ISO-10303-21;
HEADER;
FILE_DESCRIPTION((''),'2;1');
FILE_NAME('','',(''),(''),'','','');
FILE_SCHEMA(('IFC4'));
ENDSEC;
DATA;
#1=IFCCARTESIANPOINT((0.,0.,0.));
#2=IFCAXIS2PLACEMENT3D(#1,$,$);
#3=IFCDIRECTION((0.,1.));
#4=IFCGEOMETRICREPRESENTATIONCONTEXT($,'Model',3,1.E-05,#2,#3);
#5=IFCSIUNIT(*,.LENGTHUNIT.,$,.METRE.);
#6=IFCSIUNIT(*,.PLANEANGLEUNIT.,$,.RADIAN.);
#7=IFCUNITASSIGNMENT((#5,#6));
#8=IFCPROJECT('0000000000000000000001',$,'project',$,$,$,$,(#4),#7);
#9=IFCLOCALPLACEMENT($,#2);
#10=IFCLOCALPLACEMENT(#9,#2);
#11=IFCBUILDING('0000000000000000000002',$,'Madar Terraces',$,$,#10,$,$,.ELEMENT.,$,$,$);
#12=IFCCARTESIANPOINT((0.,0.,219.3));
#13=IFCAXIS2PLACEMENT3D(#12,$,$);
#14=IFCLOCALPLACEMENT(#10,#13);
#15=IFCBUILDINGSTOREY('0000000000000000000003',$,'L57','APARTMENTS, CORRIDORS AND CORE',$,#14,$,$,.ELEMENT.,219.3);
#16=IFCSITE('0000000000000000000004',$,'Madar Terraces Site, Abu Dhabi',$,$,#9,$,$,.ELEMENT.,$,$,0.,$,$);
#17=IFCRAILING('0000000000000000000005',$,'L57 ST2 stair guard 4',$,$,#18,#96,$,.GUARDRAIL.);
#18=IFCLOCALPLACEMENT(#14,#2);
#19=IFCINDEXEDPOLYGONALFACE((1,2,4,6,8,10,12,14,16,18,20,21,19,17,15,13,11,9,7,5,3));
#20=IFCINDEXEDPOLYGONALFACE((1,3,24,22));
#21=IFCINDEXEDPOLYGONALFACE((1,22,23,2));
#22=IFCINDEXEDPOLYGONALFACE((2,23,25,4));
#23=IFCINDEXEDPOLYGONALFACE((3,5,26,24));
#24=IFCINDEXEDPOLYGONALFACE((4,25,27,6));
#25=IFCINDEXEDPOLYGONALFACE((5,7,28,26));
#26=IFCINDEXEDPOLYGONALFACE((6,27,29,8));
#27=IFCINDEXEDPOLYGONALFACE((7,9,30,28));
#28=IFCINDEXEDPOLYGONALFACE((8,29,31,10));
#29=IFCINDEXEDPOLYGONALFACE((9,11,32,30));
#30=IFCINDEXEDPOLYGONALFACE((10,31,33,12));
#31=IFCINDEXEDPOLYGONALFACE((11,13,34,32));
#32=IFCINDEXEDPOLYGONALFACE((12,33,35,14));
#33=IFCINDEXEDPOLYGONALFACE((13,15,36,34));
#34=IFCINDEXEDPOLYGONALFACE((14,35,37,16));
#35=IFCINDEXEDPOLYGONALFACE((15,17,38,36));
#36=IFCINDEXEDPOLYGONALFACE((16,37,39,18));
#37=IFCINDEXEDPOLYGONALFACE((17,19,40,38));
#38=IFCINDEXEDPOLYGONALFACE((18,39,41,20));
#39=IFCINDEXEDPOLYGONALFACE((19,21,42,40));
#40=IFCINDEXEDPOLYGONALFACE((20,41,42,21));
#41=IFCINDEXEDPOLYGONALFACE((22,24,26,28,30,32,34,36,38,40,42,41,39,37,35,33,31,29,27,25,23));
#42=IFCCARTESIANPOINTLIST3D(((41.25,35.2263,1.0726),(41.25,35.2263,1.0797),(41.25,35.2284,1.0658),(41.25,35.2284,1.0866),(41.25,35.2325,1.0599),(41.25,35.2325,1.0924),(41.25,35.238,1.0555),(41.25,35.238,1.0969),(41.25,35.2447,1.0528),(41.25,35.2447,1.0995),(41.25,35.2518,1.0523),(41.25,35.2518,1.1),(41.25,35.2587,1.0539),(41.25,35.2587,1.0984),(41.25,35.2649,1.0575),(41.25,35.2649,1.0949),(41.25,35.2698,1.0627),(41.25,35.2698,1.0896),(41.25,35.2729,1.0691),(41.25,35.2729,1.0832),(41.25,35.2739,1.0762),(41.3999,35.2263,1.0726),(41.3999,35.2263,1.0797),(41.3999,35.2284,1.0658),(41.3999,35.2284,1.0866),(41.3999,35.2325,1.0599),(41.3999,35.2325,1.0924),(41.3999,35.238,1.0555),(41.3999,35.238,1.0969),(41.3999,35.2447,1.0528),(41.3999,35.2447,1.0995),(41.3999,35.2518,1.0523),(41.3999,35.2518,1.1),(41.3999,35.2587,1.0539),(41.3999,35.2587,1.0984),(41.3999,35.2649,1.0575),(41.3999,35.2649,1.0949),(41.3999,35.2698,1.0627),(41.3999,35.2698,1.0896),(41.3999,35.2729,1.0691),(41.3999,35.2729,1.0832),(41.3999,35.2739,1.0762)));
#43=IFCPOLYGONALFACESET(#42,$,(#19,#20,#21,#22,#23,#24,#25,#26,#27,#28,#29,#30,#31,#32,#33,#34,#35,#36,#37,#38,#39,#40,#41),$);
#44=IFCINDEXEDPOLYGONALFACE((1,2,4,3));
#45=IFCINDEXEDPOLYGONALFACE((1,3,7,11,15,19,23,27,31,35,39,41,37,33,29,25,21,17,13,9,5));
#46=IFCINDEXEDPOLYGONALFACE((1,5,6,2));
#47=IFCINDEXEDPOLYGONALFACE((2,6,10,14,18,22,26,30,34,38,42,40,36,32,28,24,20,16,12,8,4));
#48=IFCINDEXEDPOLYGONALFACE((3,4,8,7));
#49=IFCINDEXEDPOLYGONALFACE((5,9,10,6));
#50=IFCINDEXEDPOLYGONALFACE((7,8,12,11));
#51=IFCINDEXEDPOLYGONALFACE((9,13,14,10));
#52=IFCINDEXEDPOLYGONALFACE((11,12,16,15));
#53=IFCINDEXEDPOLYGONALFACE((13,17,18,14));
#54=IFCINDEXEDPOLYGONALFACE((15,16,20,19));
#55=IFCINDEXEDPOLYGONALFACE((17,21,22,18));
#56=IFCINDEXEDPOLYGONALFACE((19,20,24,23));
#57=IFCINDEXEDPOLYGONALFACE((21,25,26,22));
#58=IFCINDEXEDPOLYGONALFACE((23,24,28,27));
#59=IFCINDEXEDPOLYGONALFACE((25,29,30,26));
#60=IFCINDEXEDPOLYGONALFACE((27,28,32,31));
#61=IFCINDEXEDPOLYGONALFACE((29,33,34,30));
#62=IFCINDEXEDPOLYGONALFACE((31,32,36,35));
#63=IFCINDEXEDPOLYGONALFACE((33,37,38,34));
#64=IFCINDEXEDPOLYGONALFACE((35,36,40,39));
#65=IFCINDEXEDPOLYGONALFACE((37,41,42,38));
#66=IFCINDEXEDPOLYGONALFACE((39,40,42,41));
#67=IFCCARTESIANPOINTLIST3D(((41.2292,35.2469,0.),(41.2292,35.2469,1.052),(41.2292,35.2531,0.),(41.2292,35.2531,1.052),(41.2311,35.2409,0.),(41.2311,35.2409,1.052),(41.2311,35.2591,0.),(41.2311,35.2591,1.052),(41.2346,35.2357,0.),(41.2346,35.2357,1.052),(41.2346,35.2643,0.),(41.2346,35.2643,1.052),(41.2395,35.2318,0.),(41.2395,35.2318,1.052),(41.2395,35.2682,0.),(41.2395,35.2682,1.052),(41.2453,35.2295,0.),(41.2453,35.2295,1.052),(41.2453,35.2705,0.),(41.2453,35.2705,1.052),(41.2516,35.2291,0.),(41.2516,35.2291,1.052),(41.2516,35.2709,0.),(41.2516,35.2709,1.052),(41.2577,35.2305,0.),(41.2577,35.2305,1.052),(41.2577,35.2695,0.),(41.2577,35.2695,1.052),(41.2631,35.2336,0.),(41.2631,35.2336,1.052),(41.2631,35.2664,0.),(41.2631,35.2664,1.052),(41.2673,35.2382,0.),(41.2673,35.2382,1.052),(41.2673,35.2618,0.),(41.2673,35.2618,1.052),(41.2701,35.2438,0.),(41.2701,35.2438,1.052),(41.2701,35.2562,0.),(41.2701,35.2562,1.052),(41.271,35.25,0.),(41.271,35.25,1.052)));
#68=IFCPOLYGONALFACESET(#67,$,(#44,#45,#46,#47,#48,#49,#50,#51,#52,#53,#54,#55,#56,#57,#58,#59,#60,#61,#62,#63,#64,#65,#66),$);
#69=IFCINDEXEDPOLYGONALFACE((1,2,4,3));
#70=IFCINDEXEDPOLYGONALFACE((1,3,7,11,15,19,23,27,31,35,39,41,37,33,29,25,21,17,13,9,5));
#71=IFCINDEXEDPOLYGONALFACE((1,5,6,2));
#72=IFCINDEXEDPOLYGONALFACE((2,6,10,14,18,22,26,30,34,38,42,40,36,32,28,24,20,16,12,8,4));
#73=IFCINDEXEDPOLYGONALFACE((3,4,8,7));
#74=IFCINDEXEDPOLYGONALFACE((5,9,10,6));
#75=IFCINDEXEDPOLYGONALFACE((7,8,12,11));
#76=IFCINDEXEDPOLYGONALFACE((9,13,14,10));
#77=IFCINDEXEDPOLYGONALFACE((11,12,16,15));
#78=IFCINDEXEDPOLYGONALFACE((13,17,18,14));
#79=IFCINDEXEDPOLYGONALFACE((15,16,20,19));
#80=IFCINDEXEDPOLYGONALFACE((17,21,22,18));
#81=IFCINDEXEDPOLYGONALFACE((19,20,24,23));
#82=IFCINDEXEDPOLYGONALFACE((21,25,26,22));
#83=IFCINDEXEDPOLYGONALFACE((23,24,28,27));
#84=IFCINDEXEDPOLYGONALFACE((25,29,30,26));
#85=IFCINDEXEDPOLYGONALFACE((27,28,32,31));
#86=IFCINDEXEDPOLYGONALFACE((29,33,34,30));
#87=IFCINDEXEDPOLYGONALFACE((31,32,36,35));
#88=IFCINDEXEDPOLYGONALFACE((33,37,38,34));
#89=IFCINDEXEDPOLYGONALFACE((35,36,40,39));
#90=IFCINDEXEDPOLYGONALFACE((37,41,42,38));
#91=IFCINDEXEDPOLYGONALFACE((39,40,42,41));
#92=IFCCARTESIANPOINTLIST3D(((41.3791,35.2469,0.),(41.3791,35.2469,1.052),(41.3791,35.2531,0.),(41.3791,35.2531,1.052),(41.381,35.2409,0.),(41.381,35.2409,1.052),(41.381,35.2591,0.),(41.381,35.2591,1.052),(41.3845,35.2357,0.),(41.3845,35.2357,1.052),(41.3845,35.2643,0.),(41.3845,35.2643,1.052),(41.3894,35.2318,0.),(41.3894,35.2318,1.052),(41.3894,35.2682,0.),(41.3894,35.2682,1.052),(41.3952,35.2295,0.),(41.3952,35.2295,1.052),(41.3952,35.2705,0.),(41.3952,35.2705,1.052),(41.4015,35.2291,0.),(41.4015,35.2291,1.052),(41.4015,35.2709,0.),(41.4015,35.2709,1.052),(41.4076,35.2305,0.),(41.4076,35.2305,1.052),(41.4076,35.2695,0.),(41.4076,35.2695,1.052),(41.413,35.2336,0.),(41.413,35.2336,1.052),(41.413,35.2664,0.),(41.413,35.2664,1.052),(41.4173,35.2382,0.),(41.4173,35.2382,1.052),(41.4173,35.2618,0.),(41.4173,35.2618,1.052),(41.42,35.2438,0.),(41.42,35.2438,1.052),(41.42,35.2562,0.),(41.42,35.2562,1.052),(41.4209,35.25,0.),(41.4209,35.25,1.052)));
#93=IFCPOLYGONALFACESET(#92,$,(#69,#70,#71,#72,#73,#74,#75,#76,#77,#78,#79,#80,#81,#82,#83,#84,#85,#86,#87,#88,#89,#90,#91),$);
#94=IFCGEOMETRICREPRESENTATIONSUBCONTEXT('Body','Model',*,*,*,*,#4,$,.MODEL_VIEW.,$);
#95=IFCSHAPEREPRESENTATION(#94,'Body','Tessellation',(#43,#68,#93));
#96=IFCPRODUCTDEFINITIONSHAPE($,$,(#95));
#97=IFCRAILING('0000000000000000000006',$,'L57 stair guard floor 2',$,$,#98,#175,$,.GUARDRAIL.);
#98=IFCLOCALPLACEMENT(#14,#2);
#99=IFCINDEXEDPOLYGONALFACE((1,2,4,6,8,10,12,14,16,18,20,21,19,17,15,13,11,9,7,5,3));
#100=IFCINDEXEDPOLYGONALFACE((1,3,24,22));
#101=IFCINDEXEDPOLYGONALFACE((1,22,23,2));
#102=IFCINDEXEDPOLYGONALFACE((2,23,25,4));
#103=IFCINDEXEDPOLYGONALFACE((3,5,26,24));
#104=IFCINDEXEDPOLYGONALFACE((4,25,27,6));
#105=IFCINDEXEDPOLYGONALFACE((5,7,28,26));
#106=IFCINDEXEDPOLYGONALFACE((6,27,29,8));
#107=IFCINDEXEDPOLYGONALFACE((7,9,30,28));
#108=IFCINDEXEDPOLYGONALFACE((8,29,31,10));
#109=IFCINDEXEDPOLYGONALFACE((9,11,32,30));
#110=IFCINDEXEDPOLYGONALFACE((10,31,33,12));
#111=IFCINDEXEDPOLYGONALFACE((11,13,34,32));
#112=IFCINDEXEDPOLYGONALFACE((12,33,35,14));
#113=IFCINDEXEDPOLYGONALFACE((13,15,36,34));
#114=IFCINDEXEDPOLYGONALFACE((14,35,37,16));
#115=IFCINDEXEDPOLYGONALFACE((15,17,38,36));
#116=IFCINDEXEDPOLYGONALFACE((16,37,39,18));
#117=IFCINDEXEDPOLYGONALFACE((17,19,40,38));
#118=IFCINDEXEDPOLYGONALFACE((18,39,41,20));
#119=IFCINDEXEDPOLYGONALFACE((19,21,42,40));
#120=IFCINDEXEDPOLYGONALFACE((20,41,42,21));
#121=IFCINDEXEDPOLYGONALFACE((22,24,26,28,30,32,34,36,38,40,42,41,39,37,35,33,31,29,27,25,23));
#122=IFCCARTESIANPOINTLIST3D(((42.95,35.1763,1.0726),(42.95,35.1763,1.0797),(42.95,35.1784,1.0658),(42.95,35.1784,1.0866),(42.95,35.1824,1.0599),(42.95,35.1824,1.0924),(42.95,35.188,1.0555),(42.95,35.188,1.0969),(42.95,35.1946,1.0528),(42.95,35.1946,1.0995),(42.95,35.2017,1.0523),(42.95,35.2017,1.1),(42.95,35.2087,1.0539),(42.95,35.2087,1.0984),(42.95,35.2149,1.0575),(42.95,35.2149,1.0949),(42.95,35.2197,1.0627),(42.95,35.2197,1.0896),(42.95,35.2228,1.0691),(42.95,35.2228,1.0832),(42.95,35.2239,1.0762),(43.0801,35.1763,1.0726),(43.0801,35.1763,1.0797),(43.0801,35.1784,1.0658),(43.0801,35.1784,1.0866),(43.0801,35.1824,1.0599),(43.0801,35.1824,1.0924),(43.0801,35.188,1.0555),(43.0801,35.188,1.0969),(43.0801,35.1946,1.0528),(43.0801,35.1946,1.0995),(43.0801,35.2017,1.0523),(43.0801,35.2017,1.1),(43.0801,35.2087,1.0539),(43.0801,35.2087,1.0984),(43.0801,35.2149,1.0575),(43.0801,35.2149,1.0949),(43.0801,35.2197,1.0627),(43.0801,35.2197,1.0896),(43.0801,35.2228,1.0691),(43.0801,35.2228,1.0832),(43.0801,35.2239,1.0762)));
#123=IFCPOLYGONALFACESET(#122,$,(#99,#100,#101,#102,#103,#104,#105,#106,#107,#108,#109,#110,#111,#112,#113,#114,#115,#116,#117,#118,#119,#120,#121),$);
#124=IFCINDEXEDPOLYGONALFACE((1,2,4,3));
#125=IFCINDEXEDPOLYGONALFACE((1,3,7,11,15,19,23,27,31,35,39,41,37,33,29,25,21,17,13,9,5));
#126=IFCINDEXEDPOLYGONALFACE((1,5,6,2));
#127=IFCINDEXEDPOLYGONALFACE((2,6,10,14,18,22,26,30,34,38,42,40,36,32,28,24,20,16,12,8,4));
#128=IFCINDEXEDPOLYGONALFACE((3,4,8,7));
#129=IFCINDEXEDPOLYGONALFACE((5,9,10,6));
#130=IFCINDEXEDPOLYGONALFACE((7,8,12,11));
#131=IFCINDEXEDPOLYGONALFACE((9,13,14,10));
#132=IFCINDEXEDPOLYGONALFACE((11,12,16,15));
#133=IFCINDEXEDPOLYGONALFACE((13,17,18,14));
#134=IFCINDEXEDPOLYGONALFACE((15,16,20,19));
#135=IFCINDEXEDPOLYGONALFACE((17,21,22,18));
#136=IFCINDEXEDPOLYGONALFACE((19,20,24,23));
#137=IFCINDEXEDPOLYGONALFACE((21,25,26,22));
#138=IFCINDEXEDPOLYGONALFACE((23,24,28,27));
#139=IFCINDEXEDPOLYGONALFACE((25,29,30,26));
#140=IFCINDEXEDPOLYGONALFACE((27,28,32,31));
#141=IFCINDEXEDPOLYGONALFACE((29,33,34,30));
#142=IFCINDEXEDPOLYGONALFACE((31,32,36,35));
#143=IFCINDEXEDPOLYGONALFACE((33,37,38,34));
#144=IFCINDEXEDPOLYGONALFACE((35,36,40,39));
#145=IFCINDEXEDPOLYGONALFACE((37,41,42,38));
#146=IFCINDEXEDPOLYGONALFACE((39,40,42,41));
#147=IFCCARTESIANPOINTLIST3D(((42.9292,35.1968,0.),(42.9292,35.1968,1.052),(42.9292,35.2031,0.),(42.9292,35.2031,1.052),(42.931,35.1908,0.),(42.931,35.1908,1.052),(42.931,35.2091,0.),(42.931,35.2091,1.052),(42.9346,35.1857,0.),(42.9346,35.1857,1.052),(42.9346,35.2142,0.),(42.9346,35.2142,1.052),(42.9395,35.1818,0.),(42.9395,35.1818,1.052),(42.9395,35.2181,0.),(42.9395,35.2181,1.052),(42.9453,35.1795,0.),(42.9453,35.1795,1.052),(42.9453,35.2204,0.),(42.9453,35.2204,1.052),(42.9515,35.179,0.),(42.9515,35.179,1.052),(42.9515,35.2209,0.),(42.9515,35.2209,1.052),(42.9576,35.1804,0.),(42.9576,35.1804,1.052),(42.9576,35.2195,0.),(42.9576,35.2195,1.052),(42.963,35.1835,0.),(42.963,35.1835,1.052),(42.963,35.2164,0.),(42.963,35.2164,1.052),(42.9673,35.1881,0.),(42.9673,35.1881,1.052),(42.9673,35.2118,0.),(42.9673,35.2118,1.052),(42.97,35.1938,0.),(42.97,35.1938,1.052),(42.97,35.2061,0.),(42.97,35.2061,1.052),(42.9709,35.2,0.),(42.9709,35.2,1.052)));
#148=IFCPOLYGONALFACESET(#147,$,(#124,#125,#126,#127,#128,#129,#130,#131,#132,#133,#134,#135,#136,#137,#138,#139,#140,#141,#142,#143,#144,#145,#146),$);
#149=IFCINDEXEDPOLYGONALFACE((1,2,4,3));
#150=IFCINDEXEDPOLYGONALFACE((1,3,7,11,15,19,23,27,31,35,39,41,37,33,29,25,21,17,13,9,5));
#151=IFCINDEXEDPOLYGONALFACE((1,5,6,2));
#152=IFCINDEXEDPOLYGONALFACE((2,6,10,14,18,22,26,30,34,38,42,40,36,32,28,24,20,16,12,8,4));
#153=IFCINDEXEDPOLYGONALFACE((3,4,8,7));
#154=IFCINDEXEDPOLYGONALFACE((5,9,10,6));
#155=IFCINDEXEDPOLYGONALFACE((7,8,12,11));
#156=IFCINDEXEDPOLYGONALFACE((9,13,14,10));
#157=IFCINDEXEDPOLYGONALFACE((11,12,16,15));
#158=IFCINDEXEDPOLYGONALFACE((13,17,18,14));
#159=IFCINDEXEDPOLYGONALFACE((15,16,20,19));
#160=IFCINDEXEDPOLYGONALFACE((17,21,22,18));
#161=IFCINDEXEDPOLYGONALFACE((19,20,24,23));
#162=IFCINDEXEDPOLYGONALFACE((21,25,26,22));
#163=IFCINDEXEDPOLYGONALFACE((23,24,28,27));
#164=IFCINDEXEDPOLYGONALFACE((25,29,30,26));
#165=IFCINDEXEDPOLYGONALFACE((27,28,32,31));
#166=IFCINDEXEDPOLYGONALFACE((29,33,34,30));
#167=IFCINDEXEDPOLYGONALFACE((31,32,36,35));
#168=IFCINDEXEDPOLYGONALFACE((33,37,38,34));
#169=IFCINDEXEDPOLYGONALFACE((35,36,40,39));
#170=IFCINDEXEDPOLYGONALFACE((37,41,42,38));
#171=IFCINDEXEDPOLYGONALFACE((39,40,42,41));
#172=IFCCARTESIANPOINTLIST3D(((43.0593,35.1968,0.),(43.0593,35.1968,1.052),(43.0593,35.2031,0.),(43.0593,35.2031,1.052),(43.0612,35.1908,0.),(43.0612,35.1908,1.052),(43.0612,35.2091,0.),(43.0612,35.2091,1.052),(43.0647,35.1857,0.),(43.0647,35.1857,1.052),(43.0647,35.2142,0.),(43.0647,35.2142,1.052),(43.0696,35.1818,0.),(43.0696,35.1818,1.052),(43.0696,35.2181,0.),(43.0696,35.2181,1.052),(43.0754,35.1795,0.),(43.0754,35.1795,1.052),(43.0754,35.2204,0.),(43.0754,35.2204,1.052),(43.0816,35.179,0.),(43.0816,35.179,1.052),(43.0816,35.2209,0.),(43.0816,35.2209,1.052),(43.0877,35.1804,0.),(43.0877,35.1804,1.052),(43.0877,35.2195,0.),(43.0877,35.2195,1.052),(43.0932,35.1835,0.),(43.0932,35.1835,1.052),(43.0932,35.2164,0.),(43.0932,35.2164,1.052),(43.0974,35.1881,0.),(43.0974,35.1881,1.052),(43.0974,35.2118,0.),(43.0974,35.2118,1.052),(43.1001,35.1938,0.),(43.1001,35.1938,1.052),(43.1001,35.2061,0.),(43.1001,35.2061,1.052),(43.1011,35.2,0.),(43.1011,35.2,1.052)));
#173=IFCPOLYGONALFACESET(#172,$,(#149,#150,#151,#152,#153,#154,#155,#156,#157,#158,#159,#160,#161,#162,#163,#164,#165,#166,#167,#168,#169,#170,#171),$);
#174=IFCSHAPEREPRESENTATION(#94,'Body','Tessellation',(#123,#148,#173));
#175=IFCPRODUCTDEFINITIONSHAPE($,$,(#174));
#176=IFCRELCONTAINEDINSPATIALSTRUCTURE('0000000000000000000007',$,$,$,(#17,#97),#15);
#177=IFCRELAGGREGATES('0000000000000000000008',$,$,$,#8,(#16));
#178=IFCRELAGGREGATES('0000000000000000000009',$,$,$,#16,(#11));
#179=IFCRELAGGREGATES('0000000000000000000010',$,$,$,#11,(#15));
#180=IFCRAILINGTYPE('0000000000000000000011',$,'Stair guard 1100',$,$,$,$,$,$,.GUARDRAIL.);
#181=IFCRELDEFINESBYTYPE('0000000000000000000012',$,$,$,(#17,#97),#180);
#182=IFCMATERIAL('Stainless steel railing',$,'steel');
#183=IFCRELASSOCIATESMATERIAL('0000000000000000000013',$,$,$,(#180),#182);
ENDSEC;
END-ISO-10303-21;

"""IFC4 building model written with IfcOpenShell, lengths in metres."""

from ifc_helpers import new_model, si_unit, direction, frame, origin, origin_2d, place, context, subcontext, project, spatial, circle, extrude, material, type_object, element, save


model = new_model("IFC4")

# Units and contexts
model_context = context("Model", 3, precision=1e-05, world=origin(), true_north=direction((0.0, 1.0)))
body_context = subcontext(model_context, "Body", "Model", "MODEL_VIEW")
ifc_project = project(units=[si_unit("LENGTHUNIT", "METRE"), si_unit("PLANEANGLEUNIT", "RADIAN")], contexts=[model_context])

# Site, building, storey
site_placement = place(None, origin())
site = spatial("IfcSite", under=ifc_project, at=site_placement, Name="Madar Terraces Site, Abu Dhabi", CompositionType="ELEMENT", RefElevation=0.0)
building_placement = place(site_placement, origin())
building = spatial("IfcBuilding", under=site, at=building_placement, Name="Madar Terraces", CompositionType="ELEMENT")
storey_placement = place(building_placement, frame((0.0, 0.0, 219.3)))
storey = spatial("IfcBuildingStorey", under=building, at=storey_placement, Name="L57", Description="APARTMENTS, CORRIDORS AND CORE", CompositionType="ELEMENT", Elevation=219.3)

# Railings
ifc_material_1 = material(Name="Stainless steel railing", Category="steel")
railing_type = type_object("IfcRailingType", Name="Stair guard 1100", PredefinedType="GUARDRAIL", material=ifc_material_1)
railing_1_placement = place(storey_placement, frame((41.25, 35.25, 0.0)))
element("IfcRailing", 1, at=railing_1_placement, inside=storey, type_object=railing_type, Name="L57 ST2 stair guard 4", PredefinedType="GUARDRAIL", context=body_context, shape_type="SweptSolid", body=[
    extrude(circle(Radius=0.0239, at=origin_2d()), frame((0.0, 0.0, 1.0762), z_axis=(1.0, 0.0, 0.0), x_axis=(0.0, 1.0, 0.0)), (0.0, 0.0, 1.0), 0.1499),
    extrude(circle(Radius=0.021, at=origin_2d()), origin(), (0.0, 0.0, 1.0), 1.052),
    extrude(circle(Radius=0.021, at=origin_2d()), frame((0.1499, 0.0, 0.0)), (0.0, 0.0, 1.0), 1.052),
])
railing_2_placement = place(storey_placement, frame((42.95, 35.2, 0.0)))
element("IfcRailing", 2, at=railing_2_placement, inside=storey, type_object=railing_type, Name="L57 stair guard floor 2", PredefinedType="GUARDRAIL", context=body_context, shape_type="SweptSolid", body=[
    extrude(circle(Radius=0.0239, at=origin_2d()), frame((0.0, 0.0, 1.0762), z_axis=(1.0, 0.0, 0.0), x_axis=(0.0, 1.0, 0.0)), (0.0, 0.0, 1.0), 0.1301),
    extrude(circle(Radius=0.021, at=origin_2d()), origin(), (0.0, 0.0, 1.0), 1.052),
    extrude(circle(Radius=0.021, at=origin_2d()), frame((0.1301, 0.0, 0.0)), (0.0, 0.0, 1.0), 1.052),
])

save(model, "model.ifc")
